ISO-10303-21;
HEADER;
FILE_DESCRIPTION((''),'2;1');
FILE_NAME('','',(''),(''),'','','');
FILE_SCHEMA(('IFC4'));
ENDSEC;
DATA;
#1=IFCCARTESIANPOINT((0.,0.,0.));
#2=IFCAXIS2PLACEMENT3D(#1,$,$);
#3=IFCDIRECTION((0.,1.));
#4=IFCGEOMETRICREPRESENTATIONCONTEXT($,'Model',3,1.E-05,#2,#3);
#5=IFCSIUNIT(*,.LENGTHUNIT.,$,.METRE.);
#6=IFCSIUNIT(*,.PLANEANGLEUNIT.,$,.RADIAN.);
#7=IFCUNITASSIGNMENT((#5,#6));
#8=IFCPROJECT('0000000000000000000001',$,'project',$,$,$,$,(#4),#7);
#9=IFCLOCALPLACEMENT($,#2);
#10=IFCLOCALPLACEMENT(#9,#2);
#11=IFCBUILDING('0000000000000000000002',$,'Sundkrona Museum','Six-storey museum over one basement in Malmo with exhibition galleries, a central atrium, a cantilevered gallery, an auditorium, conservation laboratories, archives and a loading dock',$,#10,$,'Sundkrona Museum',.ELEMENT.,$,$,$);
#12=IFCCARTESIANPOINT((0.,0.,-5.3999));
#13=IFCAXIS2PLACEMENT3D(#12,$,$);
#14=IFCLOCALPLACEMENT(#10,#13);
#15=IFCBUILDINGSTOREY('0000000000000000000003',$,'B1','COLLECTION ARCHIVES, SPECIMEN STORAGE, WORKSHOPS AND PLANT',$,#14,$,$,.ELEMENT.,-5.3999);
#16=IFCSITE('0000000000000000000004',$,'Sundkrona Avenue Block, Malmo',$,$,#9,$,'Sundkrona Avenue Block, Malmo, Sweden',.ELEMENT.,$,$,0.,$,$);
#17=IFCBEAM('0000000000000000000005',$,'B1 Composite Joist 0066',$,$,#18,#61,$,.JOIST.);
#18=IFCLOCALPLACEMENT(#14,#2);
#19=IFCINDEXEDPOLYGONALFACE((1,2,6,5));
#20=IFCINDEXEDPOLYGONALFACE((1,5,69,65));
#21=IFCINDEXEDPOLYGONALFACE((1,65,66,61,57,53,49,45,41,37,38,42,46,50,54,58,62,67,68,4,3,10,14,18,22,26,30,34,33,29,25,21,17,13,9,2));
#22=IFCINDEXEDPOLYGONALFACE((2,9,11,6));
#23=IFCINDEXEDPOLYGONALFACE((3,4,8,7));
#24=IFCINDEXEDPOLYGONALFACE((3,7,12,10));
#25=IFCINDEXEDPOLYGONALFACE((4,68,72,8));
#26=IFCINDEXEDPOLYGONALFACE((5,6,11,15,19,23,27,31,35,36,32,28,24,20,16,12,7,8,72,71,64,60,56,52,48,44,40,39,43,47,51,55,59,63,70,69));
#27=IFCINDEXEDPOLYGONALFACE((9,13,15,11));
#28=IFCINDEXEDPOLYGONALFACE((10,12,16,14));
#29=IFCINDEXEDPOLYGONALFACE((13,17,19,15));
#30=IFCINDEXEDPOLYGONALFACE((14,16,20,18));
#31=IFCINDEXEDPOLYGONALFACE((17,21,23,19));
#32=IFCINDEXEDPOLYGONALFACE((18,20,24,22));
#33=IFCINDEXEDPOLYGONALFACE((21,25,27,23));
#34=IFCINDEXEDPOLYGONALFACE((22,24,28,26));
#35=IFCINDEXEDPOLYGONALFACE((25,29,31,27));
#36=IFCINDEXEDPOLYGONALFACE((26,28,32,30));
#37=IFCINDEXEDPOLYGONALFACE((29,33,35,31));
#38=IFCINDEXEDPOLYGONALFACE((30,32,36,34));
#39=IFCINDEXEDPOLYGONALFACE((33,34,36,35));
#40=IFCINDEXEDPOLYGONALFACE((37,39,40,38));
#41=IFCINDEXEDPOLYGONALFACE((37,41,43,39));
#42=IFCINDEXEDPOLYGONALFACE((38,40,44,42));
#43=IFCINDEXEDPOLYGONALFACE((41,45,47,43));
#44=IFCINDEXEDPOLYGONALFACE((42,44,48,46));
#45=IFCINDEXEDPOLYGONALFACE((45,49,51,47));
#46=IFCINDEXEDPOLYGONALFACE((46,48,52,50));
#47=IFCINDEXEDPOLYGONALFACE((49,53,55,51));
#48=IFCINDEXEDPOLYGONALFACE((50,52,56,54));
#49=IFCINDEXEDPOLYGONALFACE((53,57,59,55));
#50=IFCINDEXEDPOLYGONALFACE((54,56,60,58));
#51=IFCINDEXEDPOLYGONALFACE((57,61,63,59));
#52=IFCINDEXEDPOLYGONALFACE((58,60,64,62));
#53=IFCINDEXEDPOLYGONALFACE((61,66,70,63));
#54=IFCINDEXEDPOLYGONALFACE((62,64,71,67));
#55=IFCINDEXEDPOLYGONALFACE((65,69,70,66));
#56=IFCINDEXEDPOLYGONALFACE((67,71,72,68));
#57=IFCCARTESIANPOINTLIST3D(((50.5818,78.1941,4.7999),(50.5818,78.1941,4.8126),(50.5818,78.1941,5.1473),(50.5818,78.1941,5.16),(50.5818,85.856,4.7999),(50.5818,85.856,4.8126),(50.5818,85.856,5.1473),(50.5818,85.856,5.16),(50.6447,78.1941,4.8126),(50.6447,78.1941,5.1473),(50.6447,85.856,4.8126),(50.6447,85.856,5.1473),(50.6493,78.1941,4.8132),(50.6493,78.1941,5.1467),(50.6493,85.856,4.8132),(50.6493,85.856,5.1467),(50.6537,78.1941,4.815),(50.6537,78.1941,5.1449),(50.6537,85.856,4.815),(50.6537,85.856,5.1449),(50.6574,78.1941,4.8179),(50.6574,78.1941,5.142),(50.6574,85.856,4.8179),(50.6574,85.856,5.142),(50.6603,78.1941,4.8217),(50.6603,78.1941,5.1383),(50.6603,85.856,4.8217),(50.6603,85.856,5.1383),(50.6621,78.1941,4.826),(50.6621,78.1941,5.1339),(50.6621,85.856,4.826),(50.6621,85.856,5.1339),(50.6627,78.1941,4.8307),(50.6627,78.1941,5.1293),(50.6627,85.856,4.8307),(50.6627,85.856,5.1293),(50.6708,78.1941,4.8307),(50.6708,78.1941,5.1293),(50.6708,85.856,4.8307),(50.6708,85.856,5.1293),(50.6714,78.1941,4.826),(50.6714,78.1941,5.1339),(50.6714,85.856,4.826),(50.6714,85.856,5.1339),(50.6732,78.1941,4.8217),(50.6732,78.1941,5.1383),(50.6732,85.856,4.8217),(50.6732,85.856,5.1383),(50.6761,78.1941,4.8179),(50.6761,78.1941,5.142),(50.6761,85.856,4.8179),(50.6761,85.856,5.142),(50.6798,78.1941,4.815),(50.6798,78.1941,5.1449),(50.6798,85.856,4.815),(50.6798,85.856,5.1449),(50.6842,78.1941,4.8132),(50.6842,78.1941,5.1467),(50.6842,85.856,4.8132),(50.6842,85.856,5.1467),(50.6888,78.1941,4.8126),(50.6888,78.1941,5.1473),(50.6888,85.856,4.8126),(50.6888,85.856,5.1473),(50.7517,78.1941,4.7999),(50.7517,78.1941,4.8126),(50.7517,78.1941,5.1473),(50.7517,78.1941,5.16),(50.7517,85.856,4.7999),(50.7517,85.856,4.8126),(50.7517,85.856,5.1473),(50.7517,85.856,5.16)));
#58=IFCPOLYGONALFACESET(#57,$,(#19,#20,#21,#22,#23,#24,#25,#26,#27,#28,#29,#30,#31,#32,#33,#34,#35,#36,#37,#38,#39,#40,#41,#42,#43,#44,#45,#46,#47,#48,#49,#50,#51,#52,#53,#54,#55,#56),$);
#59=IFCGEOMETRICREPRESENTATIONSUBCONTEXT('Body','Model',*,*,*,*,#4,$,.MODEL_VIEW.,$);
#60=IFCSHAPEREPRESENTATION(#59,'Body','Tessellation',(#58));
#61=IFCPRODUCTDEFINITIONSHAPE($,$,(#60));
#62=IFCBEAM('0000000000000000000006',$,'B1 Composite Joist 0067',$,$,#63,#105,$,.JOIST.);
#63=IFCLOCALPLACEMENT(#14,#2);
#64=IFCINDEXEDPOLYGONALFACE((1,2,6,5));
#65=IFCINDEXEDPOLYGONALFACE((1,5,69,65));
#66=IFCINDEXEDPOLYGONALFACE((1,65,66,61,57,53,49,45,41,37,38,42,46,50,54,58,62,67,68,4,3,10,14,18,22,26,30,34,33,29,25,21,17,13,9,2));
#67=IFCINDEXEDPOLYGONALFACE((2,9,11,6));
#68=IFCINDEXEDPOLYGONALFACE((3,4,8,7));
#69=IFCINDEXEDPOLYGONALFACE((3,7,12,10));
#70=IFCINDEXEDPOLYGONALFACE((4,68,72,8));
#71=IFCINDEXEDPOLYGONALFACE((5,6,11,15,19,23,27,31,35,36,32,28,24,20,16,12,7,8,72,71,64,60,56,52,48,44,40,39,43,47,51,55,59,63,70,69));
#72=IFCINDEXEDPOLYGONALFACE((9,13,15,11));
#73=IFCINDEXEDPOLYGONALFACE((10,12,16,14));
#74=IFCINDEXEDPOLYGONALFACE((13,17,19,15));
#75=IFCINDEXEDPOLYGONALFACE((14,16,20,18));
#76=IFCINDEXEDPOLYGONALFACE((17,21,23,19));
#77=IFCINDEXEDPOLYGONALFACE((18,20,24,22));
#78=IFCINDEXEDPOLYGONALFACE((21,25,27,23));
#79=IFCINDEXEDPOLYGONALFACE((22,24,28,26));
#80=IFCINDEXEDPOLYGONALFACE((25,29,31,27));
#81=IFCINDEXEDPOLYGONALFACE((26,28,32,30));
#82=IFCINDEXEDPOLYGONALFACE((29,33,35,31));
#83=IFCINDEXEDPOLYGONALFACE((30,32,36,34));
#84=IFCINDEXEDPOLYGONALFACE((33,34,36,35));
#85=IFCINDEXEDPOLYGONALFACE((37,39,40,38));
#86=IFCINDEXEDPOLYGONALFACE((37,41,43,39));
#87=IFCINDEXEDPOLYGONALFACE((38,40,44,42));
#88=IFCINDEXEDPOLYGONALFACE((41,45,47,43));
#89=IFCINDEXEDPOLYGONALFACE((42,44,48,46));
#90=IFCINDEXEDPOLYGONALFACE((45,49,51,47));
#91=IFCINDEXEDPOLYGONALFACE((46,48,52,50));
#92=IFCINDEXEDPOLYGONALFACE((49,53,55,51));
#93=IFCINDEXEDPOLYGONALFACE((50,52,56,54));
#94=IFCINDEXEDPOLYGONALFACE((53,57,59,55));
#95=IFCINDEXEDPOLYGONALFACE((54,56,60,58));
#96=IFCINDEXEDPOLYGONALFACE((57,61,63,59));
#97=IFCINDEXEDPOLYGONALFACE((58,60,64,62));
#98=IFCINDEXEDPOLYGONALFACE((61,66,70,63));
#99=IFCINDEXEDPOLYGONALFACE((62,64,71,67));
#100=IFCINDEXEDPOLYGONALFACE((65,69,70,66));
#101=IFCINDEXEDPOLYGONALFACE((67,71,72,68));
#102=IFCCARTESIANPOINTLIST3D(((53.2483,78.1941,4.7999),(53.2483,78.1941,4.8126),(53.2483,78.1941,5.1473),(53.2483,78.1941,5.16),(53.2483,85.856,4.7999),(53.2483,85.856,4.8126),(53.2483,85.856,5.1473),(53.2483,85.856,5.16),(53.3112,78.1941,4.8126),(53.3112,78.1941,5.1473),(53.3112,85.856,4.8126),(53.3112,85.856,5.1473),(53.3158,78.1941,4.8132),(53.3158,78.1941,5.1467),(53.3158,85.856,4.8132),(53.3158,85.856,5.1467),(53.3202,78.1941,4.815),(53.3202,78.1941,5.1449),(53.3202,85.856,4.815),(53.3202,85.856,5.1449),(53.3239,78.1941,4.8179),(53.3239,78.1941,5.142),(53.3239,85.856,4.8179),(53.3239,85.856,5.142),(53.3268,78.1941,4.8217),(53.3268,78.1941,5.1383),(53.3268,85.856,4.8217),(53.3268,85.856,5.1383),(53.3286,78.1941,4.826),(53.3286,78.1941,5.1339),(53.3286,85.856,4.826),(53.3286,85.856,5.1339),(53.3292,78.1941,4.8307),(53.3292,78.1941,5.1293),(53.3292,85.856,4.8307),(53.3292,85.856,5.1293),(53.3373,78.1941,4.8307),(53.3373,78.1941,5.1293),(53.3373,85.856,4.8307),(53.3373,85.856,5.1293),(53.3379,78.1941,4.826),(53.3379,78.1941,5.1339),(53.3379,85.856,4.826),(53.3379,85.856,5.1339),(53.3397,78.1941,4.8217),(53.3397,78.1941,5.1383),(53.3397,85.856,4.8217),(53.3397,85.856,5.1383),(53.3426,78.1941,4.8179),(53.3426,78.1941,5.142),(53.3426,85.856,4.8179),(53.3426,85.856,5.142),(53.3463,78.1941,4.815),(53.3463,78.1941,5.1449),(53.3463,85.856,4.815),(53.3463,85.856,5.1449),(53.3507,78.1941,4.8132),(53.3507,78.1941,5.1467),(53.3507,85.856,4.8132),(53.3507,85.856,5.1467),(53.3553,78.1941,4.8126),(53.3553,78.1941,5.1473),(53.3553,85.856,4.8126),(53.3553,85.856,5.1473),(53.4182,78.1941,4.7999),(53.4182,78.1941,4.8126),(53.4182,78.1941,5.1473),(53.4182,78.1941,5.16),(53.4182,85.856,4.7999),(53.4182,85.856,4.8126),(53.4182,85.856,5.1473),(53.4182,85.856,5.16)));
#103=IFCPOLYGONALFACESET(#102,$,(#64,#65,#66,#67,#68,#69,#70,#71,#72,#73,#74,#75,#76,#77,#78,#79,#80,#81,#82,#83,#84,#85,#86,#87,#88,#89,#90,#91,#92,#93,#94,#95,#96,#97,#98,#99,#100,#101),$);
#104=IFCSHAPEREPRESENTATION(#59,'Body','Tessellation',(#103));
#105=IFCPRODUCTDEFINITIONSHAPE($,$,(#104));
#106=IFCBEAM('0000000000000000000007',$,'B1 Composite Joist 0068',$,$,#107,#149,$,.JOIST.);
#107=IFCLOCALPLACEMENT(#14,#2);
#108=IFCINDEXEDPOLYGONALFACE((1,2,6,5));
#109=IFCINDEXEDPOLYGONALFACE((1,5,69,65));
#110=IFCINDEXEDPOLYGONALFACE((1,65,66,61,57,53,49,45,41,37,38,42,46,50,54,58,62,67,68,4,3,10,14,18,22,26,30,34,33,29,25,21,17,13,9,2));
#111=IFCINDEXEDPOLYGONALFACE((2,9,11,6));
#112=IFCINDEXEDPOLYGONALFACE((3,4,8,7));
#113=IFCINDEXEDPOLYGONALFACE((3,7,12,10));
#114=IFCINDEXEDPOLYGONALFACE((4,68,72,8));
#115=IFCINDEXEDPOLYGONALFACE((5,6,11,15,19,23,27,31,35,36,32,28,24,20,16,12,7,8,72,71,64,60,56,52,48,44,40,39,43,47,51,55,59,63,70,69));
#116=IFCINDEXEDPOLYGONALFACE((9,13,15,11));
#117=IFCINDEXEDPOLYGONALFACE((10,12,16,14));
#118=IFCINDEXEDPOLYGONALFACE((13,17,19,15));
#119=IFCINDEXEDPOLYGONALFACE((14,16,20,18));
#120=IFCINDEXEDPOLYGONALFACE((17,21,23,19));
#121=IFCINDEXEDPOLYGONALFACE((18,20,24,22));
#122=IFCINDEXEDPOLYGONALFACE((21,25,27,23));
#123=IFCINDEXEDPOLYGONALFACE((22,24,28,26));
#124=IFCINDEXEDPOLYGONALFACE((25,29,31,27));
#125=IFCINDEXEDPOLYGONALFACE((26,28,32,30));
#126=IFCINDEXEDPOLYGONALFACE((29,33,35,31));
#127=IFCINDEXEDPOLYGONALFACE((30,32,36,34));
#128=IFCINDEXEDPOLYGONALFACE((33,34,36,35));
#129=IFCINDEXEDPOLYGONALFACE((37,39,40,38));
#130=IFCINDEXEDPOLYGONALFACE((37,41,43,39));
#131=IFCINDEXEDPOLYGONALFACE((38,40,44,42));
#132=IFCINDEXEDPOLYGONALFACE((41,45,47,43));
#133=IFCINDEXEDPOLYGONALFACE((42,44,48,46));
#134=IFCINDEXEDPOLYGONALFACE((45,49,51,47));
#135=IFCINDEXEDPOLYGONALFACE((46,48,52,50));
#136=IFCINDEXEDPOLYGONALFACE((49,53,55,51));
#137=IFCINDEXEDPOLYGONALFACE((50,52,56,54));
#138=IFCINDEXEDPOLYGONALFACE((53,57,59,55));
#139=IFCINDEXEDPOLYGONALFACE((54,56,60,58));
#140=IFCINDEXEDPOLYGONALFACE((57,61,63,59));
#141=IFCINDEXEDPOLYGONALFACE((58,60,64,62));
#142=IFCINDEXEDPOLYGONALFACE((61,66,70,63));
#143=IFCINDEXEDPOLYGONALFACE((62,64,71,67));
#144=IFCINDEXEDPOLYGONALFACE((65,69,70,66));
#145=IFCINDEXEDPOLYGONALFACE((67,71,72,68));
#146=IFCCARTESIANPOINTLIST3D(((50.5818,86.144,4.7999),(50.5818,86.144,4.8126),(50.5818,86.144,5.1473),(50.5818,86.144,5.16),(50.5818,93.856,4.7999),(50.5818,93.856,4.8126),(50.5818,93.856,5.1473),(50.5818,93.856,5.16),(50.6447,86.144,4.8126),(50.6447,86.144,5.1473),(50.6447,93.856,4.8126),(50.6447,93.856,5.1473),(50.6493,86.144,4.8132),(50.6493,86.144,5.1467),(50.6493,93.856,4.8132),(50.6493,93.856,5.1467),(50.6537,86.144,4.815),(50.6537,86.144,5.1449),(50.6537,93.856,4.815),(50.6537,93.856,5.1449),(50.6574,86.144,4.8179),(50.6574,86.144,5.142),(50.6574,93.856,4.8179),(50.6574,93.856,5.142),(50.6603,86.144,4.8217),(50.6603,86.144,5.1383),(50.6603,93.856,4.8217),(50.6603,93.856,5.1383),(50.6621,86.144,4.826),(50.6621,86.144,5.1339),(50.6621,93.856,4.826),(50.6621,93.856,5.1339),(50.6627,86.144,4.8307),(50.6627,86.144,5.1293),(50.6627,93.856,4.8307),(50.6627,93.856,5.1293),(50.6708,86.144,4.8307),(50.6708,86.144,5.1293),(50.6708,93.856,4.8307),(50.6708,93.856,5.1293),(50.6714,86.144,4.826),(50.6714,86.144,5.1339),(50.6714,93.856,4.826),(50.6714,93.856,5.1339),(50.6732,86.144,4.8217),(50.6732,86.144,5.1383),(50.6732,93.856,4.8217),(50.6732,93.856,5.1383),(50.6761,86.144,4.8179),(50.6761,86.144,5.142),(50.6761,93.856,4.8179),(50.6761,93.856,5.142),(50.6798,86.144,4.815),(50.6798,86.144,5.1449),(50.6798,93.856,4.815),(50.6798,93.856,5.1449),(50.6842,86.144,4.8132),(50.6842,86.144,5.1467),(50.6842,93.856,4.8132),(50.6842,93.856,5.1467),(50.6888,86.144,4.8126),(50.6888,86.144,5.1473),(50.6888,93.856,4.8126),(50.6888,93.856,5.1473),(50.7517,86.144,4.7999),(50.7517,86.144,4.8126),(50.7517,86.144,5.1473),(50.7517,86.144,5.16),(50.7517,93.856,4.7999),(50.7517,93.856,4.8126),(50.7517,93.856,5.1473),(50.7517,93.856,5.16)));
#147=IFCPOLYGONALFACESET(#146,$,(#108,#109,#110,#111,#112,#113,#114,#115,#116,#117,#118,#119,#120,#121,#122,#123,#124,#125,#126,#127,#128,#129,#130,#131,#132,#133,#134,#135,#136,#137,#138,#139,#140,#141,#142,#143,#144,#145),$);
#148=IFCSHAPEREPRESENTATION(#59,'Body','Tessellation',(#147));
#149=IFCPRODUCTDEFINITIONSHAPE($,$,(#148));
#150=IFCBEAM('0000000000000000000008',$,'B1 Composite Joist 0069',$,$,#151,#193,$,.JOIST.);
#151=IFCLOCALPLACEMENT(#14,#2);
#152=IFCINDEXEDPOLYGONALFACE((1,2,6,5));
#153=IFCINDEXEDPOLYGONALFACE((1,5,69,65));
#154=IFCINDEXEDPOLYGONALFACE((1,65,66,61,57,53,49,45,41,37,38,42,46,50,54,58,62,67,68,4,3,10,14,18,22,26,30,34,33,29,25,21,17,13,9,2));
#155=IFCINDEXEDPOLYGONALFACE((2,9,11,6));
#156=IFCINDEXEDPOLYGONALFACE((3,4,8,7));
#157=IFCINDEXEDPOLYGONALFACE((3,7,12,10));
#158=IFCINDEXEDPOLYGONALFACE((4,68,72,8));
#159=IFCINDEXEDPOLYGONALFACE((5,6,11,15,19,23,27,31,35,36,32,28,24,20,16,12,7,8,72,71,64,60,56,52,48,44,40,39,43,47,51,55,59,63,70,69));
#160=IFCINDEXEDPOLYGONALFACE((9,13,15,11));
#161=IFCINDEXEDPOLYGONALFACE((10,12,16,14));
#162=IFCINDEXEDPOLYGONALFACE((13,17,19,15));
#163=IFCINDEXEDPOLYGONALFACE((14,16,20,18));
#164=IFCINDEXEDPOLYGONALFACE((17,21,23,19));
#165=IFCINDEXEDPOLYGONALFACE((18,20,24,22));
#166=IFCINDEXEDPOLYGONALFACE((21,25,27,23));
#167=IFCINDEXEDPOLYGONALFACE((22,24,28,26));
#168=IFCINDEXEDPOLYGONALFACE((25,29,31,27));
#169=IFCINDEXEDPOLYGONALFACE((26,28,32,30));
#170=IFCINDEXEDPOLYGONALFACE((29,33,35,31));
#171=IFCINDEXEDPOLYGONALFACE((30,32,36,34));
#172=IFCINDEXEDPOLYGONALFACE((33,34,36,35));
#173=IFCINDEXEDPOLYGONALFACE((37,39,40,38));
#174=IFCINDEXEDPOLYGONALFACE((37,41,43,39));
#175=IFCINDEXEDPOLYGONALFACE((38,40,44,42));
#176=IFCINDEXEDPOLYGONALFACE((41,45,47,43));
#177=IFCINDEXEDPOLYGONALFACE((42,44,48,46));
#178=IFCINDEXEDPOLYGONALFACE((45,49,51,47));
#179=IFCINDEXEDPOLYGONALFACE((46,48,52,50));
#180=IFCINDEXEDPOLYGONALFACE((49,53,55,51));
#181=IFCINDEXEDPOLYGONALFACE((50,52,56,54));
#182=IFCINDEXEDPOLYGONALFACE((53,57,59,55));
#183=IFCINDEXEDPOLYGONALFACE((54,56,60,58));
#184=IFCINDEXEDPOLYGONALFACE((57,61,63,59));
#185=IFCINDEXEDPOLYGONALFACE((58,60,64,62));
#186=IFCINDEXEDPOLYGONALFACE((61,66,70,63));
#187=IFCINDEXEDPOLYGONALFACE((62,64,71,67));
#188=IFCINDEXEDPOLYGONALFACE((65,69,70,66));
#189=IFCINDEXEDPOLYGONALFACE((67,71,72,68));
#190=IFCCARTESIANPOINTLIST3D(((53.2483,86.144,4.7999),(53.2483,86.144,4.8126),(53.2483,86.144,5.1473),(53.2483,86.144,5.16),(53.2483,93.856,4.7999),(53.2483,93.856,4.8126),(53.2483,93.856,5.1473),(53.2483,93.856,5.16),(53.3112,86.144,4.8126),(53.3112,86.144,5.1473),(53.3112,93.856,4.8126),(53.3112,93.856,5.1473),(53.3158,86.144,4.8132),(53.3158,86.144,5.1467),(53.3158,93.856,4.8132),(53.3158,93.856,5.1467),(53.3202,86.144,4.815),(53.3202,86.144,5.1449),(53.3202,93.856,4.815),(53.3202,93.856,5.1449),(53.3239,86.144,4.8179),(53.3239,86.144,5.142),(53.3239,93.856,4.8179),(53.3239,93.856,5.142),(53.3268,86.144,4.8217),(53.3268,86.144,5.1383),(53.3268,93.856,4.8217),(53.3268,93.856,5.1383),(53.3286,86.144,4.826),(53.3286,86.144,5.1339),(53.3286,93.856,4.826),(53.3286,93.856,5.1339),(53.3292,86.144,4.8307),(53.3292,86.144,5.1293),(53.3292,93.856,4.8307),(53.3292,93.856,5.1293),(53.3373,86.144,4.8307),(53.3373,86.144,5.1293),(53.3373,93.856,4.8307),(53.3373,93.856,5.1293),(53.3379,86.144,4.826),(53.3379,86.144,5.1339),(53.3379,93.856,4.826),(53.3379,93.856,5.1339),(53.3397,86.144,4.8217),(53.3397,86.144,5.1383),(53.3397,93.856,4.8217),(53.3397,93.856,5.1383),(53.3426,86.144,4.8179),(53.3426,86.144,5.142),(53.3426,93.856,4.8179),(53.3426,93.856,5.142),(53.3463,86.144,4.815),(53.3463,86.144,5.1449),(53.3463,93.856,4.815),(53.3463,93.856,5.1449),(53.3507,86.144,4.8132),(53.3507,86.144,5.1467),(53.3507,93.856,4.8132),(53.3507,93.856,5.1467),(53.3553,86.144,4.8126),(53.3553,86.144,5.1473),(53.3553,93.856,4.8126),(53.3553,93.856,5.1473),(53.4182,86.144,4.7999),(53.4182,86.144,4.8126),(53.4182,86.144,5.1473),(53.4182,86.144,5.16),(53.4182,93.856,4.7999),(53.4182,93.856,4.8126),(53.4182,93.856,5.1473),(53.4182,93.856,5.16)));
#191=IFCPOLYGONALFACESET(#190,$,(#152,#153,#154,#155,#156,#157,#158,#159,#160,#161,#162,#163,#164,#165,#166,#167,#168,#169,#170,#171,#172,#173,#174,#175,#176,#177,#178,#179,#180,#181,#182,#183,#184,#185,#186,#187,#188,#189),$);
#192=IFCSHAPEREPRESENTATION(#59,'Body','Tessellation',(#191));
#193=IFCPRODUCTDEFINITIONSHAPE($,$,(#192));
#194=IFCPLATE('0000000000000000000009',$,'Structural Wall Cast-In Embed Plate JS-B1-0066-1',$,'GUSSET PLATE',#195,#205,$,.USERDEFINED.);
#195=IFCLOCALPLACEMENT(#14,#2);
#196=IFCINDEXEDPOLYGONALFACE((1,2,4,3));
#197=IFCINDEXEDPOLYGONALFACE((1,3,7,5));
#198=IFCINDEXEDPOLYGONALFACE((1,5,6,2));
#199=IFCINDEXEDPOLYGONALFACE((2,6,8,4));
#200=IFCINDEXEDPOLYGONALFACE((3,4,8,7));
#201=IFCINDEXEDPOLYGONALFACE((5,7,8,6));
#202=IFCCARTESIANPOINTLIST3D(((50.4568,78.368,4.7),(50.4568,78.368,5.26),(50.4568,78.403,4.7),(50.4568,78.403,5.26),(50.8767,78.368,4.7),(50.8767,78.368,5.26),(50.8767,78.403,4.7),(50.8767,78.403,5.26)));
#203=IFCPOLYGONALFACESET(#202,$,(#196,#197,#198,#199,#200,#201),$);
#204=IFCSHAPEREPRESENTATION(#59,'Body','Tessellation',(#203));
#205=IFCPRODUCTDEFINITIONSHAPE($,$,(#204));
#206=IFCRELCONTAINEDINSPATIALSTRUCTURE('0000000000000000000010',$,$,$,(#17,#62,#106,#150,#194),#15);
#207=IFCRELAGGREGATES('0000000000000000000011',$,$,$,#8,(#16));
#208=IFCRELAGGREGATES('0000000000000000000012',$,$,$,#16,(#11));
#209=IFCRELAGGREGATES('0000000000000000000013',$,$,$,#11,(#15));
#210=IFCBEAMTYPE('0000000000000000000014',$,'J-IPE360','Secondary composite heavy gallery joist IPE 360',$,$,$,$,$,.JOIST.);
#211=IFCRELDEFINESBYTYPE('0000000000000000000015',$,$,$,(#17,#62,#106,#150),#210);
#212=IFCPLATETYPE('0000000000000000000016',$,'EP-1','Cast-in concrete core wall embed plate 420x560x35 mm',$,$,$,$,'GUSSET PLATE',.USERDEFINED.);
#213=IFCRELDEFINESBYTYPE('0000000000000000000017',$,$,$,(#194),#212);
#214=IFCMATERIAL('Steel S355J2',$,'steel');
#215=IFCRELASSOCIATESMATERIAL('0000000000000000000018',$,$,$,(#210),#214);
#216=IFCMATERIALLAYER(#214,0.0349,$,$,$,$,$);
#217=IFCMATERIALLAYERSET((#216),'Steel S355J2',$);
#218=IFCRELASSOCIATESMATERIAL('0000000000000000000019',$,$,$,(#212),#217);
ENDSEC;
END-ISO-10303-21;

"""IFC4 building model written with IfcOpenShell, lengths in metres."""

from ifc_helpers import new_model, si_unit, direction, frame, origin, origin_2d, place, context, subcontext, project, spatial, rectangle, i_section, extrude, material, layer, layer_set, material_profile, profile_set, type_object, element, save


model = new_model("IFC4")

# Units and contexts
model_context = context("Model", 3, precision=1e-05, world=origin(), true_north=direction((0.0, 1.0)))
body_context = subcontext(model_context, "Body", "Model", "MODEL_VIEW")
ifc_project = project(units=[si_unit("LENGTHUNIT", "METRE"), si_unit("PLANEANGLEUNIT", "RADIAN")], contexts=[model_context])

# Site, building, storey
site_placement = place(None, origin())
site = spatial("IfcSite", under=ifc_project, at=site_placement, Name="Sundkrona Avenue Block, Malmo", LongName="Sundkrona Avenue Block, Malmo, Sweden", CompositionType="ELEMENT", RefElevation=0.0)
building_placement = place(site_placement, origin())
building = spatial("IfcBuilding", under=site, at=building_placement, Name="Sundkrona Museum", Description="Six-storey museum over one basement in Malmo with exhibition galleries, a central atrium, a cantilevered gallery, an auditorium, conservation laboratories, archives and a loading dock", LongName="Sundkrona Museum", CompositionType="ELEMENT")
storey_placement = place(building_placement, frame((0.0, 0.0, -5.3999)))
storey = spatial("IfcBuildingStorey", under=building, at=storey_placement, Name="B1", Description="COLLECTION ARCHIVES, SPECIMEN STORAGE, WORKSHOPS AND PLANT", CompositionType="ELEMENT", Elevation=-5.3999)

# Beams
ifc_material_1 = material(Name="Steel S355J2", Category="steel")
ifc_material_profile_1 = material_profile(ifc_material_1, i_section(OverallWidth=0.1699, OverallDepth=0.3601, WebThickness=0.0081, FlangeThickness=0.0127, FilletRadius=0.0181, at=origin_2d()), Name="IPE 360")
ifc_profile_set_1 = profile_set([ifc_material_profile_1], Name="Steel S355J2")
beam_type_1 = type_object("IfcBeamType", Name="J-IPE360", Description="Secondary composite heavy gallery joist IPE 360", PredefinedType="JOIST", material=ifc_profile_set_1)
for number, where, z_axis, x_axis, name in (
    (1, (50.6667, 78.1941, 4.98), (0.0, 1.0, 0.0), (-1.0, 0.0, 0.0), "B1 Composite Joist 0066"),
    (2, (53.3333, 78.1941, 4.98), (0.0, 1.0, 0.0), (-1.0, 0.0, 0.0), "B1 Composite Joist 0067"),
):
    element("IfcBeam", number, at=place(storey_placement, frame(where, z_axis=z_axis, x_axis=x_axis)), inside=storey, type_object=beam_type_1, Name=name, PredefinedType="JOIST", context=body_context, shape_type="SweptSolid", body=[
        extrude(i_section(OverallWidth=0.1699, OverallDepth=0.3601, WebThickness=0.0081, FlangeThickness=0.0127, FilletRadius=0.0181, at=origin_2d()), origin(), (0.0, 0.0, 1.0), 7.6619),
    ])
for number, where, z_axis, x_axis, name in (
    (3, (50.6667, 86.144, 4.98), (0.0, 1.0, 0.0), (-1.0, 0.0, 0.0), "B1 Composite Joist 0068"),
    (4, (53.3333, 86.144, 4.98), (0.0, 1.0, 0.0), (-1.0, 0.0, 0.0), "B1 Composite Joist 0069"),
):
    element("IfcBeam", number, at=place(storey_placement, frame(where, z_axis=z_axis, x_axis=x_axis)), inside=storey, type_object=beam_type_1, Name=name, PredefinedType="JOIST", context=body_context, shape_type="SweptSolid", body=[
        extrude(i_section(OverallWidth=0.1699, OverallDepth=0.3601, WebThickness=0.0081, FlangeThickness=0.0127, FilletRadius=0.0181, at=origin_2d()), origin(), (0.0, 0.0, 1.0), 7.7119),
    ])

# Plate
ifc_layer = layer(ifc_material_1, 0.0349)
ifc_layer_set = layer_set([ifc_layer], Name="Steel S355J2")
plate_type = type_object("IfcPlateType", Name="EP-1", Description="Cast-in concrete core wall embed plate 420x560x35 mm", ElementType="GUSSET PLATE", PredefinedType="USERDEFINED", material=ifc_layer_set)
for number, where, z_axis, x_axis, name in (
    (5, (50.6667, 78.3855, 4.7), (0.0, 0.0, 1.0), (1.0, 0.0, 0.0), "Structural Wall Cast-In Embed Plate JS-B1-0066-1"),
):
    element("IfcPlate", number, at=place(storey_placement, frame(where, z_axis=z_axis, x_axis=x_axis)), inside=storey, type_object=plate_type, Name=name, ObjectType="GUSSET PLATE", PredefinedType="USERDEFINED", context=body_context, shape_type="SweptSolid", body=[
        extrude(rectangle(XDim=0.4199, YDim=0.0349, at=origin_2d()), origin(), (0.0, 0.0, 1.0), 0.5601),
    ])

save(model, "model.ifc")
